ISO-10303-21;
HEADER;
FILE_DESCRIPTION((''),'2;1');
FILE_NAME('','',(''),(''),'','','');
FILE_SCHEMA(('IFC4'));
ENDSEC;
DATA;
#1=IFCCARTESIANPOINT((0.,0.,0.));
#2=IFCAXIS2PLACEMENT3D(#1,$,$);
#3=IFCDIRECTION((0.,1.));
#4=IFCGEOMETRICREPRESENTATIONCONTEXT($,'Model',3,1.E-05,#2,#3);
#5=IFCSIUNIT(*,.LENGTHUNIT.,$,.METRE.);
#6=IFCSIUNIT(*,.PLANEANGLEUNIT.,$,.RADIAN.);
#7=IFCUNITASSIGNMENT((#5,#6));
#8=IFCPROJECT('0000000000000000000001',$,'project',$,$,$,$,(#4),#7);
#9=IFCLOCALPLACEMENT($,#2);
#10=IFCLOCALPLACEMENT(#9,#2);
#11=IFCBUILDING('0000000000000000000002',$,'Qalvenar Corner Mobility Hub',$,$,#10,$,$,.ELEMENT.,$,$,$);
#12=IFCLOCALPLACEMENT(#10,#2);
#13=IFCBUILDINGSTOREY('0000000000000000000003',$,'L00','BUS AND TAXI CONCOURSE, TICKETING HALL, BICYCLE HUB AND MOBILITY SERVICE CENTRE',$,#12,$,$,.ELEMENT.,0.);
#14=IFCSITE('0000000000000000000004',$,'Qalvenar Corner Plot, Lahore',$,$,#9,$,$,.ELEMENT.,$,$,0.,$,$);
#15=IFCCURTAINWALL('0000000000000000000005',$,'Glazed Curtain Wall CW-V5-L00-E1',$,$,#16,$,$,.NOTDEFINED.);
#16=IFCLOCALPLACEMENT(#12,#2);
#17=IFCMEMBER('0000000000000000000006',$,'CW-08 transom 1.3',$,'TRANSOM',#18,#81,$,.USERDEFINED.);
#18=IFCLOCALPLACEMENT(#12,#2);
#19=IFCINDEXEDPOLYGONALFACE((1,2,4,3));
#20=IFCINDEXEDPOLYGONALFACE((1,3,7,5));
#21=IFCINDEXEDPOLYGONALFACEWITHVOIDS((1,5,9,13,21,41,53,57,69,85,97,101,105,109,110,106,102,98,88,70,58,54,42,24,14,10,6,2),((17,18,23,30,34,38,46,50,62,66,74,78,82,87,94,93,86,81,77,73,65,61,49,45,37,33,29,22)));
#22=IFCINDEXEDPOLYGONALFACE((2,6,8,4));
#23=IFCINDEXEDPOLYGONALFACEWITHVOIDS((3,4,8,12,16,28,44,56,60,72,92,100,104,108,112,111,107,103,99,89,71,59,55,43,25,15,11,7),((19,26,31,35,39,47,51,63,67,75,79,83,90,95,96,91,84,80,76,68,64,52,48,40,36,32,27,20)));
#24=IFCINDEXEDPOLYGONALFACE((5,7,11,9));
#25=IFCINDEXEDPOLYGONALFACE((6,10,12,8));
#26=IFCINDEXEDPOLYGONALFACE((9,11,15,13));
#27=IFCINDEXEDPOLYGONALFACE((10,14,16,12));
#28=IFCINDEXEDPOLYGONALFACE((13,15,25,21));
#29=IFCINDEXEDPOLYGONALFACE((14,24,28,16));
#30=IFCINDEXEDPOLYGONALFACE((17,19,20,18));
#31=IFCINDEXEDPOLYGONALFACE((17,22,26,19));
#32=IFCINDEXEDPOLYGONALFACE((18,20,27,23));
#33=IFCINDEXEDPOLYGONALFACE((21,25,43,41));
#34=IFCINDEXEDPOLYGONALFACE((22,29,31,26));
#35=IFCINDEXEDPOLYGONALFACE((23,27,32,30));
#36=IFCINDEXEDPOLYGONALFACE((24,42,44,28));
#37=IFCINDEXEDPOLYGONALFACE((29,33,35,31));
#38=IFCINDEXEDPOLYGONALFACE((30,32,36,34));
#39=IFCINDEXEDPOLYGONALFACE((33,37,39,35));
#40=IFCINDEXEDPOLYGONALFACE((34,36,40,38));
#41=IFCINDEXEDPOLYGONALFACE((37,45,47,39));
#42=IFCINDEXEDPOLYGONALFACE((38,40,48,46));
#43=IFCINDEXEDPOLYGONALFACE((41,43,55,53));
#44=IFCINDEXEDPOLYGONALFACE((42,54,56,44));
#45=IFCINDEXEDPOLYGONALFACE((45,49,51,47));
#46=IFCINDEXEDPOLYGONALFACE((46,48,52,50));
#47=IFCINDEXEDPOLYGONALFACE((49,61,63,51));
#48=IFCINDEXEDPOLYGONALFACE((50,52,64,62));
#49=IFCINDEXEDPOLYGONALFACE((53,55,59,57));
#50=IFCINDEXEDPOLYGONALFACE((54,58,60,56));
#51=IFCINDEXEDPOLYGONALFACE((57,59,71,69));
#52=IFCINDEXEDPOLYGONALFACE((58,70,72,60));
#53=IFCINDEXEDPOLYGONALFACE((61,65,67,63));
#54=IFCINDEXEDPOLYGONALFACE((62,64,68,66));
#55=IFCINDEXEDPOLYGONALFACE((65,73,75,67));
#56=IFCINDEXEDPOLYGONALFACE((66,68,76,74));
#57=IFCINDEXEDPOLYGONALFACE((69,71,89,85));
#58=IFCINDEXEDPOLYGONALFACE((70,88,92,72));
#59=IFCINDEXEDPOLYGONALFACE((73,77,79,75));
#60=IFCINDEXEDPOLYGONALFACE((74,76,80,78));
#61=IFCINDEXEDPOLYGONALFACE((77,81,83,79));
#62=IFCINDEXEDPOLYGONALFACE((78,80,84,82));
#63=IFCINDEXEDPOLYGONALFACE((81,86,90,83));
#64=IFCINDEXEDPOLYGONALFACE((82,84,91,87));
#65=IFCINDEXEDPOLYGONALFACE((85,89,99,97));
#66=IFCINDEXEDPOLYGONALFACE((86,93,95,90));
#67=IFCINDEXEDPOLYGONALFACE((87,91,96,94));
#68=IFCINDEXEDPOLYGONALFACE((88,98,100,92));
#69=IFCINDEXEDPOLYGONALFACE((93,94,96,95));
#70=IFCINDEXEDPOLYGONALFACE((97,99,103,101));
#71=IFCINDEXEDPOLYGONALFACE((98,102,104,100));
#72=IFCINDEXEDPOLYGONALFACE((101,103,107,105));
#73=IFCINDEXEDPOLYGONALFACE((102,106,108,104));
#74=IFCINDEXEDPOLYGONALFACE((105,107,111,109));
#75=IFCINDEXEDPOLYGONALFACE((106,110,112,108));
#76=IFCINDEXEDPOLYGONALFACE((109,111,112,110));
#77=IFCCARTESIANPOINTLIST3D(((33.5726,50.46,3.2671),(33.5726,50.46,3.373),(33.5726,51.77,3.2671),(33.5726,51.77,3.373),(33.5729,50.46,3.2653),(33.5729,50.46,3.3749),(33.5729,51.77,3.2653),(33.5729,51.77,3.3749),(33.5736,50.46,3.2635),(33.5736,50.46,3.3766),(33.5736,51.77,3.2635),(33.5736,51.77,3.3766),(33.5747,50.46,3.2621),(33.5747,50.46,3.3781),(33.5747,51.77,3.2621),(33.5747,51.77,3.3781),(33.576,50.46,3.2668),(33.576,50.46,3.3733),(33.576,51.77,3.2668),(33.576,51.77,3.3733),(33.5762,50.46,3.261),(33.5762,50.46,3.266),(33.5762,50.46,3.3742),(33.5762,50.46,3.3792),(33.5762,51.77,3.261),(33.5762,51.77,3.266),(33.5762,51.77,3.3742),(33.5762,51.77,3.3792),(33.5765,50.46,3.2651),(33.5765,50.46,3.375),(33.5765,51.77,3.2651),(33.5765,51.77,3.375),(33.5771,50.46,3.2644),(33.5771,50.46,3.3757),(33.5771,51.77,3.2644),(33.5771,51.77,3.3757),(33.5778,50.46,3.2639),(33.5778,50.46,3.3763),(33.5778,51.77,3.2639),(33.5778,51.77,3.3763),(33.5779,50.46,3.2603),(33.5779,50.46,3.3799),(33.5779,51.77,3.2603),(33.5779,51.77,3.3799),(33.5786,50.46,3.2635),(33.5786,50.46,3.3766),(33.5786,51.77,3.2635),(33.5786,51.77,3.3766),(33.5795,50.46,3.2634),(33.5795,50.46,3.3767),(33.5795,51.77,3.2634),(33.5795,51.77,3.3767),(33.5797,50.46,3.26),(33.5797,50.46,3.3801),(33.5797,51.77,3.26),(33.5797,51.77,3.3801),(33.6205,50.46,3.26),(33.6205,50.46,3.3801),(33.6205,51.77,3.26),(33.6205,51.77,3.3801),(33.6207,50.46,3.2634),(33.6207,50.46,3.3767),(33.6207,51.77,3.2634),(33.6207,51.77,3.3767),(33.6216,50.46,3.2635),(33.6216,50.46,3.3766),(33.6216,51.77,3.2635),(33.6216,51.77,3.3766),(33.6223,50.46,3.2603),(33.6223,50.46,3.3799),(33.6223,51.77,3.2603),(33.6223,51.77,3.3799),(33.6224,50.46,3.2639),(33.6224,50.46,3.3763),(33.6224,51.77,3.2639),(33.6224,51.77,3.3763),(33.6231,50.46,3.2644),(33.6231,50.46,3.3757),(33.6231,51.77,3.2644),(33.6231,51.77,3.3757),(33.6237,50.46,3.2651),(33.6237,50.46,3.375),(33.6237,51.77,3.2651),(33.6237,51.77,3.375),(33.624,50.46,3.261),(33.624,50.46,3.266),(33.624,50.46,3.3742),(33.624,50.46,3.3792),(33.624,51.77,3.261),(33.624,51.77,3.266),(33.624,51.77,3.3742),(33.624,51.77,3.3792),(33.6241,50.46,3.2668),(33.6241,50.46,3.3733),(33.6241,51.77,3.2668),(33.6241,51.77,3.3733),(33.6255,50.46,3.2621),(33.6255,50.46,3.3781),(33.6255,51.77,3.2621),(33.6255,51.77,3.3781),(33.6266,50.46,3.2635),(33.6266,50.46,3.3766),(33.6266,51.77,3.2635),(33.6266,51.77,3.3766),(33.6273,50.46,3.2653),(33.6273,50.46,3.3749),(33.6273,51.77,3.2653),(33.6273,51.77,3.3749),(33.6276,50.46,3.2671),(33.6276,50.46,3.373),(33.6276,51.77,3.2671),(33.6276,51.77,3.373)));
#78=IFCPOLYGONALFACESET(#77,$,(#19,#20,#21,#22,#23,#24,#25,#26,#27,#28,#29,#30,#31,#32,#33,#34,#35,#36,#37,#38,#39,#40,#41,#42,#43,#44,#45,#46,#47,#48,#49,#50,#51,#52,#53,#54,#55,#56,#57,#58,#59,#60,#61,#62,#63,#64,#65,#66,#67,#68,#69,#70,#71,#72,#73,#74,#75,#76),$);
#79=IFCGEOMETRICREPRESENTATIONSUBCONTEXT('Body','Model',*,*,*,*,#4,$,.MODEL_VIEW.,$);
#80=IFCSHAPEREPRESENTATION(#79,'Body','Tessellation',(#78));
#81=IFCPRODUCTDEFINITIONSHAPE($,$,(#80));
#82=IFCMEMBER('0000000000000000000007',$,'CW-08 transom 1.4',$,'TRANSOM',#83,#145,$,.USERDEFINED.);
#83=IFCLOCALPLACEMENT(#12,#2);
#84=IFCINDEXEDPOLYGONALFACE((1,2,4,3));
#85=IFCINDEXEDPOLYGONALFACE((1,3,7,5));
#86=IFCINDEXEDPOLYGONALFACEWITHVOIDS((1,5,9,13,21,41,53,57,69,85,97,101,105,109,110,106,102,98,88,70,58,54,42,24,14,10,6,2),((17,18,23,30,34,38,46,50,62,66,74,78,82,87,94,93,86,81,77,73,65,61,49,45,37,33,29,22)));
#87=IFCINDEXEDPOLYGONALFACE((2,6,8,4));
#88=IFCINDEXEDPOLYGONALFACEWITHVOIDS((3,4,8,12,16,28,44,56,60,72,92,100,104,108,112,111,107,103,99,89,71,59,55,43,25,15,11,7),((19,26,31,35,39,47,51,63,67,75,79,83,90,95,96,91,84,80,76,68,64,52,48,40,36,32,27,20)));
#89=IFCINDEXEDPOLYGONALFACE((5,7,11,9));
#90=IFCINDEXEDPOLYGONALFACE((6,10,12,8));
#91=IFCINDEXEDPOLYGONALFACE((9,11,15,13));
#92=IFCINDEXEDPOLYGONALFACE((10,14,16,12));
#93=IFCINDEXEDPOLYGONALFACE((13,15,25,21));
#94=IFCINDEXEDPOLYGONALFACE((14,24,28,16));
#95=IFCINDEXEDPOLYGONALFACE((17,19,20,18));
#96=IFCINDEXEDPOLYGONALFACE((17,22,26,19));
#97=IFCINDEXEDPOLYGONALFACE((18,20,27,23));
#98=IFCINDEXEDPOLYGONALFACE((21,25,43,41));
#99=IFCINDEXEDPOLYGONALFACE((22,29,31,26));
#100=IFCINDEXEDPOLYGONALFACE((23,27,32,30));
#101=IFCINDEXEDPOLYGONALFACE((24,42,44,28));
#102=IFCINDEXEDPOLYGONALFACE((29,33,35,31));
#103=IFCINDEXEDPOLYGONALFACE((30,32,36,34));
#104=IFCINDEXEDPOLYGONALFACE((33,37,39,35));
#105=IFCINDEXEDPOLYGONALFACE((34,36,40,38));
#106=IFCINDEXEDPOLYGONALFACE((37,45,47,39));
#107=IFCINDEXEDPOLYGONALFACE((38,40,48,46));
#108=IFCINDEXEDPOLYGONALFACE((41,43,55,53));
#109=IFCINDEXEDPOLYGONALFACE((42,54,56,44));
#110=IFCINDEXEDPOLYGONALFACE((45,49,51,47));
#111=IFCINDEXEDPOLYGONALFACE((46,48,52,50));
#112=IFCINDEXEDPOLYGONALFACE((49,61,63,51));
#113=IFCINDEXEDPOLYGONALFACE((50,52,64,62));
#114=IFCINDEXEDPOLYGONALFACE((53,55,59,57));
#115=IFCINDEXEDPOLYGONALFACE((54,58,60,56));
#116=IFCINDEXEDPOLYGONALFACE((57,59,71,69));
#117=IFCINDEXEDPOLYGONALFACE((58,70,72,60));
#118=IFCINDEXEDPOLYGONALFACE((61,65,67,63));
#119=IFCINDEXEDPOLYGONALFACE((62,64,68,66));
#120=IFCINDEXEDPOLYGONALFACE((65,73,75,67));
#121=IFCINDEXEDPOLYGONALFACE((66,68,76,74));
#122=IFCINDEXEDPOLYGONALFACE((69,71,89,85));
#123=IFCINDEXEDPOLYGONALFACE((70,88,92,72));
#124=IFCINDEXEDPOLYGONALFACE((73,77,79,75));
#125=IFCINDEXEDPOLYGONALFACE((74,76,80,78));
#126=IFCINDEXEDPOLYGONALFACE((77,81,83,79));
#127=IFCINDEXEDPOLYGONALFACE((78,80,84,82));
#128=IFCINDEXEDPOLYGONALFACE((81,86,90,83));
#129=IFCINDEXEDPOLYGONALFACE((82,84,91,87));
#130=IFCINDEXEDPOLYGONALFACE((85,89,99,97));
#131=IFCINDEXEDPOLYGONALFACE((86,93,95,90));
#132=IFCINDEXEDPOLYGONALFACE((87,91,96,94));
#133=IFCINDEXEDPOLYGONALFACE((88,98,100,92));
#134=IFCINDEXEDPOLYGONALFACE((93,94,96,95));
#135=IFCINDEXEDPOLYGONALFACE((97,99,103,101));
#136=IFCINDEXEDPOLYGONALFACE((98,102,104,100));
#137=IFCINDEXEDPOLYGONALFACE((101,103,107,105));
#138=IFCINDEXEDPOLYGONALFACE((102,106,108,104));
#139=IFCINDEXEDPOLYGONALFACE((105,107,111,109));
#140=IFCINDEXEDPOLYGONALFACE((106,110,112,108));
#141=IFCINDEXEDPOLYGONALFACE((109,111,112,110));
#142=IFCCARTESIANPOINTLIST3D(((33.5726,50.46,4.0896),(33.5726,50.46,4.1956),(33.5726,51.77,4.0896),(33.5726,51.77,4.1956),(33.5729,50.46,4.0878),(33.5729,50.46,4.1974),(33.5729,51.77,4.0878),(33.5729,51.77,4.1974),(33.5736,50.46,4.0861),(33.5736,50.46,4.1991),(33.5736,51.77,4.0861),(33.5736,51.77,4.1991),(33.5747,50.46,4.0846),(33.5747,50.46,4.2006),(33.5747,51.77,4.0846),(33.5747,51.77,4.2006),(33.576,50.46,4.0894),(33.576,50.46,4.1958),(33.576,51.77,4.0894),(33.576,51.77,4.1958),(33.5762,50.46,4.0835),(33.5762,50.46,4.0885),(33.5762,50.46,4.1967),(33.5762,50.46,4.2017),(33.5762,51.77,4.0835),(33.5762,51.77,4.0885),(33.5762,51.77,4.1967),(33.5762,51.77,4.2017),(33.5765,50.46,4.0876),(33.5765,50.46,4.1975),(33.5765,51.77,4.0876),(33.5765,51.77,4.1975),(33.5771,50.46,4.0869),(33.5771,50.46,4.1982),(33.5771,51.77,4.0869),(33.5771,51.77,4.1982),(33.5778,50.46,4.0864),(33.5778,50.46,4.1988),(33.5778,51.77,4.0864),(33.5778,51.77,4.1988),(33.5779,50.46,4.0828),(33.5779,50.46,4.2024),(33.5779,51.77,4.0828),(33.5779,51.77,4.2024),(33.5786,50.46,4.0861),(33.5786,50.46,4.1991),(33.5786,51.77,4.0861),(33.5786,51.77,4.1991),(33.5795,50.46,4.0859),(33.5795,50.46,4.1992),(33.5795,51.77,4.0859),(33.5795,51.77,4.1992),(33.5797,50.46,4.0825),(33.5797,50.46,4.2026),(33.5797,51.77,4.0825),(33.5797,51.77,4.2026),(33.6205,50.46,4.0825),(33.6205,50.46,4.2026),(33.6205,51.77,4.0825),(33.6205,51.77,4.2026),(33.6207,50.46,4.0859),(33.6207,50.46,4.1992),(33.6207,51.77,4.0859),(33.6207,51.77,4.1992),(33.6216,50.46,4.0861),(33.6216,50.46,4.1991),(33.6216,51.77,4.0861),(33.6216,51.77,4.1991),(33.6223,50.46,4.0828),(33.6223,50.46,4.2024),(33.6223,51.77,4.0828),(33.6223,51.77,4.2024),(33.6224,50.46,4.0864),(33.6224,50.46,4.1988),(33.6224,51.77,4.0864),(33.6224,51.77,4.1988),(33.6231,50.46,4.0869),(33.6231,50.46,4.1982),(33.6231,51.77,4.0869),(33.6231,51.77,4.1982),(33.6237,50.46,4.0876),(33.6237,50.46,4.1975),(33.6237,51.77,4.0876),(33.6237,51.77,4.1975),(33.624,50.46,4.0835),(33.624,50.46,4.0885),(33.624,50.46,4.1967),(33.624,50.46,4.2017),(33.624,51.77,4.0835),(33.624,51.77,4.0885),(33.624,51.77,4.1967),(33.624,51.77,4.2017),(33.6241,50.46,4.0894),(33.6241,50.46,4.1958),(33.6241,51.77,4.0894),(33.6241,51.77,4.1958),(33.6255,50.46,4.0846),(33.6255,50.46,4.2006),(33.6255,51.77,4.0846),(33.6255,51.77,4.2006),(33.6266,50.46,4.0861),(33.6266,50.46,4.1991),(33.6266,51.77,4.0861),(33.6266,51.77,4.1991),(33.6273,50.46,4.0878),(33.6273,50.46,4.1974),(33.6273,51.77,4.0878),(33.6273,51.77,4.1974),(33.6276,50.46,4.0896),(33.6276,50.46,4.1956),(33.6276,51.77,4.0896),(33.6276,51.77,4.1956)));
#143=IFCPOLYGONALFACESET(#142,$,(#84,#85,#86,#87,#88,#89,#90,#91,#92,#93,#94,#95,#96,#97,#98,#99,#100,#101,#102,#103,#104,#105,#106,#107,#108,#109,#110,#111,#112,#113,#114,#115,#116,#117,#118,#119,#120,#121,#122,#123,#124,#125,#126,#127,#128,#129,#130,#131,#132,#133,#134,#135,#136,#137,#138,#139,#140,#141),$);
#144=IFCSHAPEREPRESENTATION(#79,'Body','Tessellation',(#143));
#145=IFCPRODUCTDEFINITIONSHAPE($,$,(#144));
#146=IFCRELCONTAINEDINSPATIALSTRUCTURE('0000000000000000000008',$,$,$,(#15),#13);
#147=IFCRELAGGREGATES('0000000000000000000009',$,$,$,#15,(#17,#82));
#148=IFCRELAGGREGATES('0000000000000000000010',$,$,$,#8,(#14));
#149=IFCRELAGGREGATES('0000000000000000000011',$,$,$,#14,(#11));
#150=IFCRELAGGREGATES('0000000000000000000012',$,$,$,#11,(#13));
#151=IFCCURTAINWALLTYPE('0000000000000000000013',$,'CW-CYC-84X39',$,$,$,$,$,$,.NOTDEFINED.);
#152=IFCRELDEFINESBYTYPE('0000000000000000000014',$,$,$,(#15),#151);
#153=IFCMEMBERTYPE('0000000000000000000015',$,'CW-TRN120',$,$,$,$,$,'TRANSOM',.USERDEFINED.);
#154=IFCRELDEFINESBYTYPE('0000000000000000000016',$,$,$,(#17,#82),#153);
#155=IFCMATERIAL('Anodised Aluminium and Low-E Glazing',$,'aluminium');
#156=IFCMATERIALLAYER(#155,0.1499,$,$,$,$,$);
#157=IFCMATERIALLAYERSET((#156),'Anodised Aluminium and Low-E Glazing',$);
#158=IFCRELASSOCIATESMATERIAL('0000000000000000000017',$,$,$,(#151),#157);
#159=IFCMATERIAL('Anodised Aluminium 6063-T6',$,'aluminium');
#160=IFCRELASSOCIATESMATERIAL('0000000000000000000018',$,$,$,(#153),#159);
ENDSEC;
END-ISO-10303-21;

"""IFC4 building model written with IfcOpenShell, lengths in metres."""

from ifc_helpers import new_model, si_unit, direction, frame, origin, origin_2d, place, context, subcontext, project, spatial, hollow_rectangle, extrude, material, layer, layer_set, material_profile, profile_set, type_object, element, aggregate, save


model = new_model("IFC4")

# Units and contexts
model_context = context("Model", 3, precision=1e-05, world=origin(), true_north=direction((0.0, 1.0)))
body_context = subcontext(model_context, "Body", "Model", "MODEL_VIEW")
ifc_project = project(units=[si_unit("LENGTHUNIT", "METRE"), si_unit("PLANEANGLEUNIT", "RADIAN")], contexts=[model_context])

# Site, building, storey
site_placement = place(None, origin())
site = spatial("IfcSite", under=ifc_project, at=site_placement, Name="Qalvenar Corner Plot, Lahore", CompositionType="ELEMENT", RefElevation=0.0)
building_placement = place(site_placement, origin())
building = spatial("IfcBuilding", under=site, at=building_placement, Name="Qalvenar Corner Mobility Hub", CompositionType="ELEMENT")
storey_placement = place(building_placement, origin())
storey = spatial("IfcBuildingStorey", under=building, at=storey_placement, Name="L00", Description="BUS AND TAXI CONCOURSE, TICKETING HALL, BICYCLE HUB AND MOBILITY SERVICE CENTRE", CompositionType="ELEMENT", Elevation=0.0)

# Curtain wall, members
ifc_material_1 = material(Name="Anodised Aluminium and Low-E Glazing", Category="aluminium")
ifc_layer_1 = layer(ifc_material_1, 0.1499)
ifc_layer_set_1 = layer_set([ifc_layer_1], Name="Anodised Aluminium and Low-E Glazing")
curtain_wall_type = type_object("IfcCurtainWallType", Name="CW-CYC-84X39", PredefinedType="NOTDEFINED", material=ifc_layer_set_1)
curtain_wall_placement = place(storey_placement, origin())
curtain_wall = element("IfcCurtainWall", 1, at=curtain_wall_placement, inside=storey, type_object=curtain_wall_type, Name="Glazed Curtain Wall CW-V5-L00-E1", PredefinedType="NOTDEFINED")
ifc_material_2 = material(Name="Anodised Aluminium 6063-T6", Category="aluminium")
ifc_material_profile_1 = material_profile(ifc_material_2, hollow_rectangle(XDim=0.0549, YDim=0.1201, WallThickness=0.0034, InnerFilletRadius=0.0034, OuterFilletRadius=0.0071, at=origin_2d()), Name="RHS120x55x3.5")
ifc_profile_set_1 = profile_set([ifc_material_profile_1], Name="Anodised Aluminium 6063-T6")
member_type_1 = type_object("IfcMemberType", Name="CW-TRN120", ElementType="TRANSOM", PredefinedType="USERDEFINED", material=ifc_profile_set_1)
member_1_placement = place(storey_placement, frame((33.6001, 50.46, 3.3201), z_axis=(0.0, 1.0, 0.0), x_axis=(-1.0, 0.0, 0.0)))
member_1 = element("IfcMember", 2, at=member_1_placement, type_object=member_type_1, Name="CW-08 transom 1.3", ObjectType="TRANSOM", PredefinedType="USERDEFINED", context=body_context, shape_type="SweptSolid", body=[
    extrude(hollow_rectangle(XDim=0.0549, YDim=0.1201, WallThickness=0.0034, InnerFilletRadius=0.0034, OuterFilletRadius=0.0071, at=origin_2d()), origin(), (0.0, 0.0, 1.0), 1.3101),
])
member_2_placement = place(storey_placement, frame((33.6001, 50.46, 4.1426), z_axis=(0.0, 1.0, 0.0), x_axis=(-1.0, 0.0, 0.0)))
member_2 = element("IfcMember", 3, at=member_2_placement, type_object=member_type_1, Name="CW-08 transom 1.4", ObjectType="TRANSOM", PredefinedType="USERDEFINED", context=body_context, shape_type="SweptSolid", body=[
    extrude(hollow_rectangle(XDim=0.0549, YDim=0.1201, WallThickness=0.0034, InnerFilletRadius=0.0034, OuterFilletRadius=0.0071, at=origin_2d()), origin(), (0.0, 0.0, 1.0), 1.3101),
])
aggregate(curtain_wall, [member_1, member_2])

save(model, "model.ifc")
